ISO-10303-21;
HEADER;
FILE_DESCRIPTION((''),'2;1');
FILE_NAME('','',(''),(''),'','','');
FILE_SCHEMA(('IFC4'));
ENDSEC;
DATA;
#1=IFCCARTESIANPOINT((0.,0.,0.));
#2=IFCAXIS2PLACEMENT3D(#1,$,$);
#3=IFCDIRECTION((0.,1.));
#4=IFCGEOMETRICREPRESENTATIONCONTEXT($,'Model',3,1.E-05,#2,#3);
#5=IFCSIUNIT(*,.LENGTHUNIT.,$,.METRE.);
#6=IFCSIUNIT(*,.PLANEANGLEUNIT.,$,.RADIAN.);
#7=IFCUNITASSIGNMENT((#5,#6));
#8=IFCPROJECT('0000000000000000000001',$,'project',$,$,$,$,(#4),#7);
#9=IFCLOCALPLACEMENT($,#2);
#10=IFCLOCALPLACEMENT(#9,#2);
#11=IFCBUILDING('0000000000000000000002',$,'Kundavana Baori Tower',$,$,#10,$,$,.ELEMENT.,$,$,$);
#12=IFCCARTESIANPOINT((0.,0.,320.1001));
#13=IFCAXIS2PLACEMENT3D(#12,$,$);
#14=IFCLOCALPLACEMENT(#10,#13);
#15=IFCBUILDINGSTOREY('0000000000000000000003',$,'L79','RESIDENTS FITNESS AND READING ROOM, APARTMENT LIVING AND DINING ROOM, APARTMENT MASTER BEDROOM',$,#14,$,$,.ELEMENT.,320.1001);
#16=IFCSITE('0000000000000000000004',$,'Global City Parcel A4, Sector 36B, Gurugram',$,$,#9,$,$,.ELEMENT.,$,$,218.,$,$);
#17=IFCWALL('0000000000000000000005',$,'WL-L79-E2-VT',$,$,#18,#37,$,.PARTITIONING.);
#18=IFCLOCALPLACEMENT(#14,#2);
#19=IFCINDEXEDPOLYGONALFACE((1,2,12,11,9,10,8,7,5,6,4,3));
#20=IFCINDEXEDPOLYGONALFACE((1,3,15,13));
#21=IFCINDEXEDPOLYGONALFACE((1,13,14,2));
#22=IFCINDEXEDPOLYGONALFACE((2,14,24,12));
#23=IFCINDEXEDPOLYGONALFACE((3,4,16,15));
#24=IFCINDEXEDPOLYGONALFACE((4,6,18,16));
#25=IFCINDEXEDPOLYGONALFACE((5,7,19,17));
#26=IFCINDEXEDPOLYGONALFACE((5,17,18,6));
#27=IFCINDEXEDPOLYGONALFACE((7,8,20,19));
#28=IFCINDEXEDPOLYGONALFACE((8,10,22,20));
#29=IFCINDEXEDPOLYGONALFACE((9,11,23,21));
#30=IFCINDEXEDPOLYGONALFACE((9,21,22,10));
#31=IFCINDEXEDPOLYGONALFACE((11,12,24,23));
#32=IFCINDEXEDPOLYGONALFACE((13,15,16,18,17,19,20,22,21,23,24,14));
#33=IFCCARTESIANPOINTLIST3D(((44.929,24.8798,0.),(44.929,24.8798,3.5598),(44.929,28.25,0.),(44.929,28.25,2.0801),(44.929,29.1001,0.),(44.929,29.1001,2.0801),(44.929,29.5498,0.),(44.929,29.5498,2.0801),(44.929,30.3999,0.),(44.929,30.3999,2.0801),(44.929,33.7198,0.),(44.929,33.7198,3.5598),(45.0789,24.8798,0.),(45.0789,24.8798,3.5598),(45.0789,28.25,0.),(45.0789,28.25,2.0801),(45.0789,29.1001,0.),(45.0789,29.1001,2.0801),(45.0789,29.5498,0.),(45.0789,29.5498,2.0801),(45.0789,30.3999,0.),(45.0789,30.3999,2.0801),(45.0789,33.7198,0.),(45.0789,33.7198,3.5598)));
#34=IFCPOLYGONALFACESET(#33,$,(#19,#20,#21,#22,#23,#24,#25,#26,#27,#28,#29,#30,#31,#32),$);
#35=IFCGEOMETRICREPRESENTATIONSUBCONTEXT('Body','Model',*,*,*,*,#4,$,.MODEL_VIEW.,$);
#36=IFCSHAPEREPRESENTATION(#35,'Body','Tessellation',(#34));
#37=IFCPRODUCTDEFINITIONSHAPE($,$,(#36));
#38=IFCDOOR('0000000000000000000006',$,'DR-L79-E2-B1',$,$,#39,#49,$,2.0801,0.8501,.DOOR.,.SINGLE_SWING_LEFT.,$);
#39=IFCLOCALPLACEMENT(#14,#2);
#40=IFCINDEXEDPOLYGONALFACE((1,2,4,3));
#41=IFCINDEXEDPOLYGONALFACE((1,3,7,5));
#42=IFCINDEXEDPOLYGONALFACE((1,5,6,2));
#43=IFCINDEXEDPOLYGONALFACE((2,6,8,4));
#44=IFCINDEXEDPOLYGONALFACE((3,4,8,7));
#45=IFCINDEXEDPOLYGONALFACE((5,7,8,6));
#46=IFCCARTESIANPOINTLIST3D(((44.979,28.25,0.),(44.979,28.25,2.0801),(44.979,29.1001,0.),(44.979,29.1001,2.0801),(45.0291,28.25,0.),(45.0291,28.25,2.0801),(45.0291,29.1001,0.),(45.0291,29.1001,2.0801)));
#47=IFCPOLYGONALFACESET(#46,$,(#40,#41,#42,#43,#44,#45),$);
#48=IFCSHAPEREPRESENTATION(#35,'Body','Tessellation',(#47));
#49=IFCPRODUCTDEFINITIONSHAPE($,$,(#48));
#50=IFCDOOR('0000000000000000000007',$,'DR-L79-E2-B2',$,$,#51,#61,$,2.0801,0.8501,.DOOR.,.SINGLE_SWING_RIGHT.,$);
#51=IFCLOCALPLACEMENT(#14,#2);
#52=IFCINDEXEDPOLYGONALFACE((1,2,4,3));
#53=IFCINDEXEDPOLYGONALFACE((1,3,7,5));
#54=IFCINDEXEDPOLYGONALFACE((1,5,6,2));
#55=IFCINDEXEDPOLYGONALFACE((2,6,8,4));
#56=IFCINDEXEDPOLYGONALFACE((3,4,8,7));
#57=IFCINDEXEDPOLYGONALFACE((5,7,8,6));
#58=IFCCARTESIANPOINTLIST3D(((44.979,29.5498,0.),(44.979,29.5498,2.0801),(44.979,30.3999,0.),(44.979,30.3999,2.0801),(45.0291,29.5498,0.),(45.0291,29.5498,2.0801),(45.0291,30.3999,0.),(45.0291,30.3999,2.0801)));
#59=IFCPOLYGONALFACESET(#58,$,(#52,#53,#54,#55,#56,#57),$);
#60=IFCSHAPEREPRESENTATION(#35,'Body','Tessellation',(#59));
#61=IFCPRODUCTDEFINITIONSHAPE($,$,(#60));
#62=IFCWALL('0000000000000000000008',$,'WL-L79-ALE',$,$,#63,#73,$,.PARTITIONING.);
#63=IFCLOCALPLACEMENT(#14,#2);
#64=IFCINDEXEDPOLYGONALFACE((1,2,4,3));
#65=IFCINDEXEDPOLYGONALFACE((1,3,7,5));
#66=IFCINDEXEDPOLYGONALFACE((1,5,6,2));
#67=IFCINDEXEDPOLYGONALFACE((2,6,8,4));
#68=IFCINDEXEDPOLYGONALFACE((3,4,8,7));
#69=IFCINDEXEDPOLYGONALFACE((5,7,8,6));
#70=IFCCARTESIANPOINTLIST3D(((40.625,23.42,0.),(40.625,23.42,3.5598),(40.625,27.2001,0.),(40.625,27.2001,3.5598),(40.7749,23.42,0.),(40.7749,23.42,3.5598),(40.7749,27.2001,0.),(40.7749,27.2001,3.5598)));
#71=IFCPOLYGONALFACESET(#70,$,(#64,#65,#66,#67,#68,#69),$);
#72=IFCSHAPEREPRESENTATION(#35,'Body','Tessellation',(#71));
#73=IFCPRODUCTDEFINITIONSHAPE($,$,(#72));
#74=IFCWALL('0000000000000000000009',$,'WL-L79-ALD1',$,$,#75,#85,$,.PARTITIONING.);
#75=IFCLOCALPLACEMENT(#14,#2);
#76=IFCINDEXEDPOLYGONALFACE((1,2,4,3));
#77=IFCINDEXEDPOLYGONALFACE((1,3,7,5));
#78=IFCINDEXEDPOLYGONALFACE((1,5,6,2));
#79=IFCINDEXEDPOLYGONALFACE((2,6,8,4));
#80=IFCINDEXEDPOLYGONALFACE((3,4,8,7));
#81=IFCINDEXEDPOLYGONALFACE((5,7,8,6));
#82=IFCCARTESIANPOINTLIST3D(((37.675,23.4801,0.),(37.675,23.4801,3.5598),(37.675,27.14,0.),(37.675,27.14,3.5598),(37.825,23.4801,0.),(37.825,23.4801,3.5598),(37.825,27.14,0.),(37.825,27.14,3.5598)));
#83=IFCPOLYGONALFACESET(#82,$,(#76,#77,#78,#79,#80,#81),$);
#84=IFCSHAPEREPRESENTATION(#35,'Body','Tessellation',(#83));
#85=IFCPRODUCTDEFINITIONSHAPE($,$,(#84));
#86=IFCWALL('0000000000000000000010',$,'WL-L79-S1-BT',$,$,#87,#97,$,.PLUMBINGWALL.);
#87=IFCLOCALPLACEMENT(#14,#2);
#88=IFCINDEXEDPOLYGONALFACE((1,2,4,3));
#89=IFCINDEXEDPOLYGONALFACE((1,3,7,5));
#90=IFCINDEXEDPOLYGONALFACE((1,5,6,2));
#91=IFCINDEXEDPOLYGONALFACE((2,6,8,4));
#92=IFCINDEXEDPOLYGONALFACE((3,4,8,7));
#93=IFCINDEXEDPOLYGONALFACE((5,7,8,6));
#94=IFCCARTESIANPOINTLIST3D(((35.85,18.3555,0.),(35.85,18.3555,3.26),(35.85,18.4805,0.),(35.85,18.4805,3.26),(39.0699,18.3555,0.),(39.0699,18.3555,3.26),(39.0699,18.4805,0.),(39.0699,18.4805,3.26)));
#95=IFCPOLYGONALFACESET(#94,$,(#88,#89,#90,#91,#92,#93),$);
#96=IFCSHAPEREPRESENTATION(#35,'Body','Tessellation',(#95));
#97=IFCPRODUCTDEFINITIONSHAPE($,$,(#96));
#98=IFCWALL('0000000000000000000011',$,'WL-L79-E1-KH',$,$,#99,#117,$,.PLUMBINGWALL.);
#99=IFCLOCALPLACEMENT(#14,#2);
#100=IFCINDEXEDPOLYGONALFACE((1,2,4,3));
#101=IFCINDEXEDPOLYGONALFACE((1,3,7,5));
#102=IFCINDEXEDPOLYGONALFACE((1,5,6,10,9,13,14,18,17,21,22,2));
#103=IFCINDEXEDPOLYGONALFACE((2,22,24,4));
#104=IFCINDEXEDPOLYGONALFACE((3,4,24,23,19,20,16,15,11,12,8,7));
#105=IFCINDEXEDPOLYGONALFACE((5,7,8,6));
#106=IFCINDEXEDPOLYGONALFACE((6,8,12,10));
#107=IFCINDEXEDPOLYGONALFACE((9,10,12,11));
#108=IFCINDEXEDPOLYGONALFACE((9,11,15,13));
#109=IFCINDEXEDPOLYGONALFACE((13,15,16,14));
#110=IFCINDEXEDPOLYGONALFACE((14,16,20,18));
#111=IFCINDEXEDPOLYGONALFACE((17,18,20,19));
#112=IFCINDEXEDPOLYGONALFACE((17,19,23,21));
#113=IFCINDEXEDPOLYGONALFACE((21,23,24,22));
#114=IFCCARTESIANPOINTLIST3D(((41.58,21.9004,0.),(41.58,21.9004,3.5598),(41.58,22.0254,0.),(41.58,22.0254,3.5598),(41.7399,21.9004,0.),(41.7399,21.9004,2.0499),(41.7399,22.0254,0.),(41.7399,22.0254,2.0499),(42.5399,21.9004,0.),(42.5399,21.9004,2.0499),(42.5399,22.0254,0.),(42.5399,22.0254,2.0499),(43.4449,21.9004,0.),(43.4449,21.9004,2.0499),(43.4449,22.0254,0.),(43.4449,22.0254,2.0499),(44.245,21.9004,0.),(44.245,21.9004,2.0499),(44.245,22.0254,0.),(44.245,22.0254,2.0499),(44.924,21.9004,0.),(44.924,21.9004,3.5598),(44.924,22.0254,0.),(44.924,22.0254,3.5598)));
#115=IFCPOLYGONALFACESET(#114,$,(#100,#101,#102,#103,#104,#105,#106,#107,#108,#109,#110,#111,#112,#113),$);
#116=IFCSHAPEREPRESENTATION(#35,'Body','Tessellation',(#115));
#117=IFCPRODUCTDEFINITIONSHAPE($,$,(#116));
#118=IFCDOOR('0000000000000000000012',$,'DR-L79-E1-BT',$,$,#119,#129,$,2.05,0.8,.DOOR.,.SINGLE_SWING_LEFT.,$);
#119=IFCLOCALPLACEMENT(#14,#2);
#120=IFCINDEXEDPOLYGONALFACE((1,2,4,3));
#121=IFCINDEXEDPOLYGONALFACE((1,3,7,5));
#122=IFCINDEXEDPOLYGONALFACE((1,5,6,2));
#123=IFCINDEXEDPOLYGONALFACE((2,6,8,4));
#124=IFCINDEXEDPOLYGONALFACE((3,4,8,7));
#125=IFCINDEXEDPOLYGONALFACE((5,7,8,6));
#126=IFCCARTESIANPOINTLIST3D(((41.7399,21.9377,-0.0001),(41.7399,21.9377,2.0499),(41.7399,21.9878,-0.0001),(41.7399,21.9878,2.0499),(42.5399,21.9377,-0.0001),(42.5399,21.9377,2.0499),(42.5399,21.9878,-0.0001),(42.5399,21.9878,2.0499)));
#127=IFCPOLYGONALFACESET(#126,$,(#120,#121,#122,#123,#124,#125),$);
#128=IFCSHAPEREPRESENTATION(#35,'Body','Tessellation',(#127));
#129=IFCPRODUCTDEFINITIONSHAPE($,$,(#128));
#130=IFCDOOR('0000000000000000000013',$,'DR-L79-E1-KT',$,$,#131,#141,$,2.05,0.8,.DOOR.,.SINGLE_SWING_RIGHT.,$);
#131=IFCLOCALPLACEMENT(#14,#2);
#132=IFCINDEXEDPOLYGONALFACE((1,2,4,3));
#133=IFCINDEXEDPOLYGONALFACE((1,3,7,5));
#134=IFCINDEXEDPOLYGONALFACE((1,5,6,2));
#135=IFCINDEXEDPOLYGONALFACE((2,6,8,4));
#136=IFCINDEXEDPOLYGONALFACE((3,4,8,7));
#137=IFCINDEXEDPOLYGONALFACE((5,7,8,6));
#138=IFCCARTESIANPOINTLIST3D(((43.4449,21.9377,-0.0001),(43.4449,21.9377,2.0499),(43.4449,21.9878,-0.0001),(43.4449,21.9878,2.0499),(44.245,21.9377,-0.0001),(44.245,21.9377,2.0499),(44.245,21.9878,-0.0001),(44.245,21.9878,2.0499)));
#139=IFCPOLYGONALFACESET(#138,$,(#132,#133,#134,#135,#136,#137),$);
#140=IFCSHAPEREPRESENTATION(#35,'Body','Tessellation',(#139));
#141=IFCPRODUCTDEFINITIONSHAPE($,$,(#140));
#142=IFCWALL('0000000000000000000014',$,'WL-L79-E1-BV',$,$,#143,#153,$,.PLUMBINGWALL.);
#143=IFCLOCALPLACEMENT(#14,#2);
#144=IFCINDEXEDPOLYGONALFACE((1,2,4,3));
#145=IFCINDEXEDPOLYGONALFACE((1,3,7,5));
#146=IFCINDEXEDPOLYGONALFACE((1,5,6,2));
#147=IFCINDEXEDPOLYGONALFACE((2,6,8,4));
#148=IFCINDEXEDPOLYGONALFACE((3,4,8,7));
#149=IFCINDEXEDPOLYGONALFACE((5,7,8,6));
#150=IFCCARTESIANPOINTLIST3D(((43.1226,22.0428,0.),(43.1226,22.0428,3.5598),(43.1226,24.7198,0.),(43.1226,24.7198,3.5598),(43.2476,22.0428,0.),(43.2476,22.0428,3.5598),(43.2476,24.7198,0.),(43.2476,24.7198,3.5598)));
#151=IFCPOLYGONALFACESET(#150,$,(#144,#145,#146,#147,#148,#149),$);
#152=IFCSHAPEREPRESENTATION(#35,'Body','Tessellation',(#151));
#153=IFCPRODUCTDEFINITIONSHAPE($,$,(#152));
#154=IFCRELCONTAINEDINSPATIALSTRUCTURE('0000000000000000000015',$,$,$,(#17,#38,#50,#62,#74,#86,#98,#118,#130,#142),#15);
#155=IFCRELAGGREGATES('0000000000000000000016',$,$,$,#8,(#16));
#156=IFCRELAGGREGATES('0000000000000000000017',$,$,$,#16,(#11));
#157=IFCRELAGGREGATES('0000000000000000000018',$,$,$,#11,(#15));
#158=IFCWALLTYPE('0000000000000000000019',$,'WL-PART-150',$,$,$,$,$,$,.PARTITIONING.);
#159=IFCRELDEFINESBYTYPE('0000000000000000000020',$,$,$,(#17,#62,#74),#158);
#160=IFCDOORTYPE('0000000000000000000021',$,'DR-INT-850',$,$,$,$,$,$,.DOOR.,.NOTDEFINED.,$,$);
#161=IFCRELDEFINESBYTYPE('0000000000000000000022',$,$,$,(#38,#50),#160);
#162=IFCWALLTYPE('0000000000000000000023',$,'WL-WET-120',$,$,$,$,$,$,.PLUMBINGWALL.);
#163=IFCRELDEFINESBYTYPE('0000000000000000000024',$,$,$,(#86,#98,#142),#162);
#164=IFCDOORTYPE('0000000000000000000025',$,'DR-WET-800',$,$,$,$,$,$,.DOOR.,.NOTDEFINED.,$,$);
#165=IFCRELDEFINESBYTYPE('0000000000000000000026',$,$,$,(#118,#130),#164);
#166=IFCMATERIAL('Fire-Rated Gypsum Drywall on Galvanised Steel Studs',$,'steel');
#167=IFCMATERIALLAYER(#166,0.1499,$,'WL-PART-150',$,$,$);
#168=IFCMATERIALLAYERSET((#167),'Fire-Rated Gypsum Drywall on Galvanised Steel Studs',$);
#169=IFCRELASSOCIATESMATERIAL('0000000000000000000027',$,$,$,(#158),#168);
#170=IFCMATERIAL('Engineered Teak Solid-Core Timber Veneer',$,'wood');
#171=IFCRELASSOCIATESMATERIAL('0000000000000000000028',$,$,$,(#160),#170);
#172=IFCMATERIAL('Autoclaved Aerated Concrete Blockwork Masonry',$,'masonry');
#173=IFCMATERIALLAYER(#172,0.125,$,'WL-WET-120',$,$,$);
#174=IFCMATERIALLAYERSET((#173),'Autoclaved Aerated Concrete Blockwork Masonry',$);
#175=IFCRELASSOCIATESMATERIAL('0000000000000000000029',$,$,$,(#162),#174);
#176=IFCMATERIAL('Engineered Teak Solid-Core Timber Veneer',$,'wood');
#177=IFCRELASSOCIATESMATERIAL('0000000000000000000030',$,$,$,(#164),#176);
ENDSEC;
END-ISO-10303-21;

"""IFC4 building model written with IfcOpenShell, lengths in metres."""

from ifc_helpers import new_model, si_unit, direction, frame, frame_2d, origin, place, context, subcontext, project, spatial, rectangle, extrude, material, layer, layer_set, type_object, element, fill, save


model = new_model("IFC4")

# Units and contexts
model_context = context("Model", 3, precision=1e-05, world=origin(), true_north=direction((0.0, 1.0)))
body_context = subcontext(model_context, "Body", "Model", "MODEL_VIEW")
ifc_project = project(units=[si_unit("LENGTHUNIT", "METRE"), si_unit("PLANEANGLEUNIT", "RADIAN")], contexts=[model_context])

# Site, building, storey
site_placement = place(None, origin())
site = spatial("IfcSite", under=ifc_project, at=site_placement, Name="Global City Parcel A4, Sector 36B, Gurugram", CompositionType="ELEMENT", RefElevation=218.0)
building_placement = place(site_placement, origin())
building = spatial("IfcBuilding", under=site, at=building_placement, Name="Kundavana Baori Tower", CompositionType="ELEMENT")
storey_placement = place(building_placement, frame((0.0, 0.0, 320.1001)))
storey = spatial("IfcBuildingStorey", under=building, at=storey_placement, Name="L79", Description="RESIDENTS FITNESS AND READING ROOM, APARTMENT LIVING AND DINING ROOM, APARTMENT MASTER BEDROOM", CompositionType="ELEMENT", Elevation=320.1001)

# Shared definitions
ifc_material_1 = material(Name="Fire-Rated Gypsum Drywall on Galvanised Steel Studs", Category="steel")
ifc_layer_1 = layer(ifc_material_1, 0.1499, Name="WL-PART-150")
ifc_layer_set_1 = layer_set([ifc_layer_1], Name="Fire-Rated Gypsum Drywall on Galvanised Steel Studs")
wall_type_1 = type_object("IfcWallType", Name="WL-PART-150", PredefinedType="PARTITIONING", material=ifc_layer_set_1)

# Wall, openings, doors
wall_1_placement = place(storey_placement, frame((45.0039, 24.8799, 0.0), z_axis=(0.0, 0.0, 1.0), x_axis=(0.0, 1.0, 0.0)))
wall_1 = element("IfcWall", 1, at=wall_1_placement, inside=storey, type_object=wall_type_1, Name="WL-L79-E2-VT", PredefinedType="PARTITIONING", context=body_context, shape_type="SweptSolid", body=[
    extrude(rectangle(XDim=8.8401, YDim=0.1499, at=frame_2d((4.4199, 0.0))), origin(), (0.0, 0.0, 1.0), 3.5598),
])
opening_1_placement = place(wall_1_placement, frame((3.3701, 0.0, 0.0)))
opening_1 = element("IfcOpeningElement", 2, at=opening_1_placement, cuts=wall_1, PredefinedType="OPENING", context=body_context, shape_type="SweptSolid", body=[
    extrude(rectangle(XDim=0.8501, YDim=2.0801, at=frame_2d((0.425, 1.04))), frame((0.0, 0.085, 0.0), z_axis=(0.0, -1.0, 0.0), x_axis=(1.0, 0.0, 0.0)), (0.0, 0.0, 1.0), 0.1699),
])
opening_2_placement = place(wall_1_placement, frame((4.6699, 0.0, 0.0)))
opening_2 = element("IfcOpeningElement", 3, at=opening_2_placement, cuts=wall_1, PredefinedType="OPENING", context=body_context, shape_type="SweptSolid", body=[
    extrude(rectangle(XDim=0.8501, YDim=2.0801, at=frame_2d((0.425, 1.04))), frame((0.0, 0.085, 0.0), z_axis=(0.0, -1.0, 0.0), x_axis=(1.0, 0.0, 0.0)), (0.0, 0.0, 1.0), 0.1699),
])
ifc_material_2 = material(Name="Engineered Teak Solid-Core Timber Veneer", Category="wood")
door_type_1 = type_object("IfcDoorType", Name="DR-INT-850", OperationType="NOTDEFINED", PredefinedType="DOOR", material=ifc_material_2)
door_1_placement = place(opening_1_placement, origin())
door_1 = element("IfcDoor", 4, at=door_1_placement, inside=storey, type_object=door_type_1, Name="DR-L79-E2-B1", OperationType="SINGLE_SWING_LEFT", OverallHeight=2.0801, OverallWidth=0.8501, PredefinedType="DOOR", context=body_context, shape_type="SweptSolid", body=[
    extrude(rectangle(XDim=0.8501, YDim=2.0801, at=frame_2d((0.425, 1.04))), frame((0.0, 0.0249, 0.0), z_axis=(0.0, -1.0, 0.0), x_axis=(1.0, 0.0, 0.0)), (0.0, 0.0, 1.0), 0.05),
])
fill(opening_1, door_1)
door_2_placement = place(opening_2_placement, origin())
door_2 = element("IfcDoor", 5, at=door_2_placement, inside=storey, type_object=door_type_1, Name="DR-L79-E2-B2", OperationType="SINGLE_SWING_RIGHT", OverallHeight=2.0801, OverallWidth=0.8501, PredefinedType="DOOR", context=body_context, shape_type="SweptSolid", body=[
    extrude(rectangle(XDim=0.8501, YDim=2.0801, at=frame_2d((0.425, 1.04))), frame((0.0, 0.0249, 0.0), z_axis=(0.0, -1.0, 0.0), x_axis=(1.0, 0.0, 0.0)), (0.0, 0.0, 1.0), 0.05),
])
fill(opening_2, door_2)

# Walls
wall_2_placement = place(storey_placement, frame((40.7, 23.4199, 0.0), z_axis=(0.0, 0.0, 1.0), x_axis=(0.0, 1.0, 0.0)))
element("IfcWall", 6, at=wall_2_placement, inside=storey, type_object=wall_type_1, Name="WL-L79-ALE", PredefinedType="PARTITIONING", context=body_context, shape_type="SweptSolid", body=[
    extrude(rectangle(XDim=3.78, YDim=0.1499, at=frame_2d((1.8901, 0.0))), origin(), (0.0, 0.0, 1.0), 3.5598),
])
wall_3_placement = place(storey_placement, frame((37.75, 23.48, 0.0), z_axis=(0.0, 0.0, 1.0), x_axis=(0.0, 1.0, 0.0)))
element("IfcWall", 7, at=wall_3_placement, inside=storey, type_object=wall_type_1, Name="WL-L79-ALD1", PredefinedType="PARTITIONING", context=body_context, shape_type="SweptSolid", body=[
    extrude(rectangle(XDim=3.6599, YDim=0.1499, at=frame_2d((1.8301, 0.0))), origin(), (0.0, 0.0, 1.0), 3.5598),
])
ifc_material_3 = material(Name="Autoclaved Aerated Concrete Blockwork Masonry", Category="masonry")
ifc_layer_2 = layer(ifc_material_3, 0.125, Name="WL-WET-120")
ifc_layer_set_2 = layer_set([ifc_layer_2], Name="Autoclaved Aerated Concrete Blockwork Masonry")
wall_type_2 = type_object("IfcWallType", Name="WL-WET-120", PredefinedType="PLUMBINGWALL", material=ifc_layer_set_2)
wall_4_placement = place(storey_placement, frame((35.8501, 18.418, 0.0), z_axis=(0.0, 0.0, 1.0), x_axis=(1.0, 0.0, 0.0)))
element("IfcWall", 8, at=wall_4_placement, inside=storey, type_object=wall_type_2, Name="WL-L79-S1-BT", PredefinedType="PLUMBINGWALL", context=body_context, shape_type="SweptSolid", body=[
    extrude(rectangle(XDim=3.22, YDim=0.125, at=frame_2d((1.6099, 0.0))), origin(), (0.0, 0.0, 1.0), 3.26),
])

# Wall, openings, doors
wall_5_placement = place(storey_placement, frame((41.5801, 21.9629, 0.0), z_axis=(0.0, 0.0, 1.0), x_axis=(1.0, 0.0, 0.0)))
wall_5 = element("IfcWall", 9, at=wall_5_placement, inside=storey, type_object=wall_type_2, Name="WL-L79-E1-KH", PredefinedType="PLUMBINGWALL", context=body_context, shape_type="SweptSolid", body=[
    extrude(rectangle(XDim=3.344, YDim=0.125, at=frame_2d((1.6719, 0.0))), origin(), (0.0, 0.0, 1.0), 3.5598),
])
opening_3_placement = place(wall_5_placement, frame((0.1599, 0.0, 0.0)))
opening_3 = element("IfcOpeningElement", 10, at=opening_3_placement, cuts=wall_5, PredefinedType="OPENING", context=body_context, shape_type="SweptSolid", body=[
    extrude(rectangle(XDim=0.8, YDim=2.05, at=frame_2d((0.3999, 1.0249))), frame((0.0, 0.0725, 0.0), z_axis=(0.0, -1.0, 0.0), x_axis=(1.0, 0.0, 0.0)), (0.0, 0.0, 1.0), 0.145),
])
opening_4_placement = place(wall_5_placement, frame((1.865, 0.0, 0.0)))
opening_4 = element("IfcOpeningElement", 11, at=opening_4_placement, cuts=wall_5, PredefinedType="OPENING", context=body_context, shape_type="SweptSolid", body=[
    extrude(rectangle(XDim=0.8, YDim=2.05, at=frame_2d((0.3999, 1.0249))), frame((0.0, 0.0725, 0.0), z_axis=(0.0, -1.0, 0.0), x_axis=(1.0, 0.0, 0.0)), (0.0, 0.0, 1.0), 0.145),
])
ifc_material_4 = material(Name="Engineered Teak Solid-Core Timber Veneer", Category="wood")
door_type_2 = type_object("IfcDoorType", Name="DR-WET-800", OperationType="NOTDEFINED", PredefinedType="DOOR", material=ifc_material_4)
door_3_placement = place(opening_3_placement, origin())
door_3 = element("IfcDoor", 12, at=door_3_placement, inside=storey, type_object=door_type_2, Name="DR-L79-E1-BT", OperationType="SINGLE_SWING_LEFT", OverallHeight=2.05, OverallWidth=0.8, PredefinedType="DOOR", context=body_context, shape_type="SweptSolid", body=[
    extrude(rectangle(XDim=0.8, YDim=2.05, at=frame_2d((0.3999, 1.0249))), frame((0.0, 0.0249, 0.0), z_axis=(0.0, -1.0, 0.0), x_axis=(1.0, 0.0, 0.0)), (0.0, 0.0, 1.0), 0.05),
])
fill(opening_3, door_3)
door_4_placement = place(opening_4_placement, origin())
door_4 = element("IfcDoor", 13, at=door_4_placement, inside=storey, type_object=door_type_2, Name="DR-L79-E1-KT", OperationType="SINGLE_SWING_RIGHT", OverallHeight=2.05, OverallWidth=0.8, PredefinedType="DOOR", context=body_context, shape_type="SweptSolid", body=[
    extrude(rectangle(XDim=0.8, YDim=2.05, at=frame_2d((0.3999, 1.0249))), frame((0.0, 0.0249, 0.0), z_axis=(0.0, -1.0, 0.0), x_axis=(1.0, 0.0, 0.0)), (0.0, 0.0, 1.0), 0.05),
])
fill(opening_4, door_4)

# Wall
wall_6_placement = place(storey_placement, frame((43.1851, 22.043, 0.0), z_axis=(0.0, 0.0, 1.0), x_axis=(0.0, 1.0, 0.0)))
element("IfcWall", 14, at=wall_6_placement, inside=storey, type_object=wall_type_2, Name="WL-L79-E1-BV", PredefinedType="PLUMBINGWALL", context=body_context, shape_type="SweptSolid", body=[
    extrude(rectangle(XDim=2.677, YDim=0.125, at=frame_2d((1.3384, 0.0))), origin(), (0.0, 0.0, 1.0), 3.5598),
])

save(model, "model.ifc")
